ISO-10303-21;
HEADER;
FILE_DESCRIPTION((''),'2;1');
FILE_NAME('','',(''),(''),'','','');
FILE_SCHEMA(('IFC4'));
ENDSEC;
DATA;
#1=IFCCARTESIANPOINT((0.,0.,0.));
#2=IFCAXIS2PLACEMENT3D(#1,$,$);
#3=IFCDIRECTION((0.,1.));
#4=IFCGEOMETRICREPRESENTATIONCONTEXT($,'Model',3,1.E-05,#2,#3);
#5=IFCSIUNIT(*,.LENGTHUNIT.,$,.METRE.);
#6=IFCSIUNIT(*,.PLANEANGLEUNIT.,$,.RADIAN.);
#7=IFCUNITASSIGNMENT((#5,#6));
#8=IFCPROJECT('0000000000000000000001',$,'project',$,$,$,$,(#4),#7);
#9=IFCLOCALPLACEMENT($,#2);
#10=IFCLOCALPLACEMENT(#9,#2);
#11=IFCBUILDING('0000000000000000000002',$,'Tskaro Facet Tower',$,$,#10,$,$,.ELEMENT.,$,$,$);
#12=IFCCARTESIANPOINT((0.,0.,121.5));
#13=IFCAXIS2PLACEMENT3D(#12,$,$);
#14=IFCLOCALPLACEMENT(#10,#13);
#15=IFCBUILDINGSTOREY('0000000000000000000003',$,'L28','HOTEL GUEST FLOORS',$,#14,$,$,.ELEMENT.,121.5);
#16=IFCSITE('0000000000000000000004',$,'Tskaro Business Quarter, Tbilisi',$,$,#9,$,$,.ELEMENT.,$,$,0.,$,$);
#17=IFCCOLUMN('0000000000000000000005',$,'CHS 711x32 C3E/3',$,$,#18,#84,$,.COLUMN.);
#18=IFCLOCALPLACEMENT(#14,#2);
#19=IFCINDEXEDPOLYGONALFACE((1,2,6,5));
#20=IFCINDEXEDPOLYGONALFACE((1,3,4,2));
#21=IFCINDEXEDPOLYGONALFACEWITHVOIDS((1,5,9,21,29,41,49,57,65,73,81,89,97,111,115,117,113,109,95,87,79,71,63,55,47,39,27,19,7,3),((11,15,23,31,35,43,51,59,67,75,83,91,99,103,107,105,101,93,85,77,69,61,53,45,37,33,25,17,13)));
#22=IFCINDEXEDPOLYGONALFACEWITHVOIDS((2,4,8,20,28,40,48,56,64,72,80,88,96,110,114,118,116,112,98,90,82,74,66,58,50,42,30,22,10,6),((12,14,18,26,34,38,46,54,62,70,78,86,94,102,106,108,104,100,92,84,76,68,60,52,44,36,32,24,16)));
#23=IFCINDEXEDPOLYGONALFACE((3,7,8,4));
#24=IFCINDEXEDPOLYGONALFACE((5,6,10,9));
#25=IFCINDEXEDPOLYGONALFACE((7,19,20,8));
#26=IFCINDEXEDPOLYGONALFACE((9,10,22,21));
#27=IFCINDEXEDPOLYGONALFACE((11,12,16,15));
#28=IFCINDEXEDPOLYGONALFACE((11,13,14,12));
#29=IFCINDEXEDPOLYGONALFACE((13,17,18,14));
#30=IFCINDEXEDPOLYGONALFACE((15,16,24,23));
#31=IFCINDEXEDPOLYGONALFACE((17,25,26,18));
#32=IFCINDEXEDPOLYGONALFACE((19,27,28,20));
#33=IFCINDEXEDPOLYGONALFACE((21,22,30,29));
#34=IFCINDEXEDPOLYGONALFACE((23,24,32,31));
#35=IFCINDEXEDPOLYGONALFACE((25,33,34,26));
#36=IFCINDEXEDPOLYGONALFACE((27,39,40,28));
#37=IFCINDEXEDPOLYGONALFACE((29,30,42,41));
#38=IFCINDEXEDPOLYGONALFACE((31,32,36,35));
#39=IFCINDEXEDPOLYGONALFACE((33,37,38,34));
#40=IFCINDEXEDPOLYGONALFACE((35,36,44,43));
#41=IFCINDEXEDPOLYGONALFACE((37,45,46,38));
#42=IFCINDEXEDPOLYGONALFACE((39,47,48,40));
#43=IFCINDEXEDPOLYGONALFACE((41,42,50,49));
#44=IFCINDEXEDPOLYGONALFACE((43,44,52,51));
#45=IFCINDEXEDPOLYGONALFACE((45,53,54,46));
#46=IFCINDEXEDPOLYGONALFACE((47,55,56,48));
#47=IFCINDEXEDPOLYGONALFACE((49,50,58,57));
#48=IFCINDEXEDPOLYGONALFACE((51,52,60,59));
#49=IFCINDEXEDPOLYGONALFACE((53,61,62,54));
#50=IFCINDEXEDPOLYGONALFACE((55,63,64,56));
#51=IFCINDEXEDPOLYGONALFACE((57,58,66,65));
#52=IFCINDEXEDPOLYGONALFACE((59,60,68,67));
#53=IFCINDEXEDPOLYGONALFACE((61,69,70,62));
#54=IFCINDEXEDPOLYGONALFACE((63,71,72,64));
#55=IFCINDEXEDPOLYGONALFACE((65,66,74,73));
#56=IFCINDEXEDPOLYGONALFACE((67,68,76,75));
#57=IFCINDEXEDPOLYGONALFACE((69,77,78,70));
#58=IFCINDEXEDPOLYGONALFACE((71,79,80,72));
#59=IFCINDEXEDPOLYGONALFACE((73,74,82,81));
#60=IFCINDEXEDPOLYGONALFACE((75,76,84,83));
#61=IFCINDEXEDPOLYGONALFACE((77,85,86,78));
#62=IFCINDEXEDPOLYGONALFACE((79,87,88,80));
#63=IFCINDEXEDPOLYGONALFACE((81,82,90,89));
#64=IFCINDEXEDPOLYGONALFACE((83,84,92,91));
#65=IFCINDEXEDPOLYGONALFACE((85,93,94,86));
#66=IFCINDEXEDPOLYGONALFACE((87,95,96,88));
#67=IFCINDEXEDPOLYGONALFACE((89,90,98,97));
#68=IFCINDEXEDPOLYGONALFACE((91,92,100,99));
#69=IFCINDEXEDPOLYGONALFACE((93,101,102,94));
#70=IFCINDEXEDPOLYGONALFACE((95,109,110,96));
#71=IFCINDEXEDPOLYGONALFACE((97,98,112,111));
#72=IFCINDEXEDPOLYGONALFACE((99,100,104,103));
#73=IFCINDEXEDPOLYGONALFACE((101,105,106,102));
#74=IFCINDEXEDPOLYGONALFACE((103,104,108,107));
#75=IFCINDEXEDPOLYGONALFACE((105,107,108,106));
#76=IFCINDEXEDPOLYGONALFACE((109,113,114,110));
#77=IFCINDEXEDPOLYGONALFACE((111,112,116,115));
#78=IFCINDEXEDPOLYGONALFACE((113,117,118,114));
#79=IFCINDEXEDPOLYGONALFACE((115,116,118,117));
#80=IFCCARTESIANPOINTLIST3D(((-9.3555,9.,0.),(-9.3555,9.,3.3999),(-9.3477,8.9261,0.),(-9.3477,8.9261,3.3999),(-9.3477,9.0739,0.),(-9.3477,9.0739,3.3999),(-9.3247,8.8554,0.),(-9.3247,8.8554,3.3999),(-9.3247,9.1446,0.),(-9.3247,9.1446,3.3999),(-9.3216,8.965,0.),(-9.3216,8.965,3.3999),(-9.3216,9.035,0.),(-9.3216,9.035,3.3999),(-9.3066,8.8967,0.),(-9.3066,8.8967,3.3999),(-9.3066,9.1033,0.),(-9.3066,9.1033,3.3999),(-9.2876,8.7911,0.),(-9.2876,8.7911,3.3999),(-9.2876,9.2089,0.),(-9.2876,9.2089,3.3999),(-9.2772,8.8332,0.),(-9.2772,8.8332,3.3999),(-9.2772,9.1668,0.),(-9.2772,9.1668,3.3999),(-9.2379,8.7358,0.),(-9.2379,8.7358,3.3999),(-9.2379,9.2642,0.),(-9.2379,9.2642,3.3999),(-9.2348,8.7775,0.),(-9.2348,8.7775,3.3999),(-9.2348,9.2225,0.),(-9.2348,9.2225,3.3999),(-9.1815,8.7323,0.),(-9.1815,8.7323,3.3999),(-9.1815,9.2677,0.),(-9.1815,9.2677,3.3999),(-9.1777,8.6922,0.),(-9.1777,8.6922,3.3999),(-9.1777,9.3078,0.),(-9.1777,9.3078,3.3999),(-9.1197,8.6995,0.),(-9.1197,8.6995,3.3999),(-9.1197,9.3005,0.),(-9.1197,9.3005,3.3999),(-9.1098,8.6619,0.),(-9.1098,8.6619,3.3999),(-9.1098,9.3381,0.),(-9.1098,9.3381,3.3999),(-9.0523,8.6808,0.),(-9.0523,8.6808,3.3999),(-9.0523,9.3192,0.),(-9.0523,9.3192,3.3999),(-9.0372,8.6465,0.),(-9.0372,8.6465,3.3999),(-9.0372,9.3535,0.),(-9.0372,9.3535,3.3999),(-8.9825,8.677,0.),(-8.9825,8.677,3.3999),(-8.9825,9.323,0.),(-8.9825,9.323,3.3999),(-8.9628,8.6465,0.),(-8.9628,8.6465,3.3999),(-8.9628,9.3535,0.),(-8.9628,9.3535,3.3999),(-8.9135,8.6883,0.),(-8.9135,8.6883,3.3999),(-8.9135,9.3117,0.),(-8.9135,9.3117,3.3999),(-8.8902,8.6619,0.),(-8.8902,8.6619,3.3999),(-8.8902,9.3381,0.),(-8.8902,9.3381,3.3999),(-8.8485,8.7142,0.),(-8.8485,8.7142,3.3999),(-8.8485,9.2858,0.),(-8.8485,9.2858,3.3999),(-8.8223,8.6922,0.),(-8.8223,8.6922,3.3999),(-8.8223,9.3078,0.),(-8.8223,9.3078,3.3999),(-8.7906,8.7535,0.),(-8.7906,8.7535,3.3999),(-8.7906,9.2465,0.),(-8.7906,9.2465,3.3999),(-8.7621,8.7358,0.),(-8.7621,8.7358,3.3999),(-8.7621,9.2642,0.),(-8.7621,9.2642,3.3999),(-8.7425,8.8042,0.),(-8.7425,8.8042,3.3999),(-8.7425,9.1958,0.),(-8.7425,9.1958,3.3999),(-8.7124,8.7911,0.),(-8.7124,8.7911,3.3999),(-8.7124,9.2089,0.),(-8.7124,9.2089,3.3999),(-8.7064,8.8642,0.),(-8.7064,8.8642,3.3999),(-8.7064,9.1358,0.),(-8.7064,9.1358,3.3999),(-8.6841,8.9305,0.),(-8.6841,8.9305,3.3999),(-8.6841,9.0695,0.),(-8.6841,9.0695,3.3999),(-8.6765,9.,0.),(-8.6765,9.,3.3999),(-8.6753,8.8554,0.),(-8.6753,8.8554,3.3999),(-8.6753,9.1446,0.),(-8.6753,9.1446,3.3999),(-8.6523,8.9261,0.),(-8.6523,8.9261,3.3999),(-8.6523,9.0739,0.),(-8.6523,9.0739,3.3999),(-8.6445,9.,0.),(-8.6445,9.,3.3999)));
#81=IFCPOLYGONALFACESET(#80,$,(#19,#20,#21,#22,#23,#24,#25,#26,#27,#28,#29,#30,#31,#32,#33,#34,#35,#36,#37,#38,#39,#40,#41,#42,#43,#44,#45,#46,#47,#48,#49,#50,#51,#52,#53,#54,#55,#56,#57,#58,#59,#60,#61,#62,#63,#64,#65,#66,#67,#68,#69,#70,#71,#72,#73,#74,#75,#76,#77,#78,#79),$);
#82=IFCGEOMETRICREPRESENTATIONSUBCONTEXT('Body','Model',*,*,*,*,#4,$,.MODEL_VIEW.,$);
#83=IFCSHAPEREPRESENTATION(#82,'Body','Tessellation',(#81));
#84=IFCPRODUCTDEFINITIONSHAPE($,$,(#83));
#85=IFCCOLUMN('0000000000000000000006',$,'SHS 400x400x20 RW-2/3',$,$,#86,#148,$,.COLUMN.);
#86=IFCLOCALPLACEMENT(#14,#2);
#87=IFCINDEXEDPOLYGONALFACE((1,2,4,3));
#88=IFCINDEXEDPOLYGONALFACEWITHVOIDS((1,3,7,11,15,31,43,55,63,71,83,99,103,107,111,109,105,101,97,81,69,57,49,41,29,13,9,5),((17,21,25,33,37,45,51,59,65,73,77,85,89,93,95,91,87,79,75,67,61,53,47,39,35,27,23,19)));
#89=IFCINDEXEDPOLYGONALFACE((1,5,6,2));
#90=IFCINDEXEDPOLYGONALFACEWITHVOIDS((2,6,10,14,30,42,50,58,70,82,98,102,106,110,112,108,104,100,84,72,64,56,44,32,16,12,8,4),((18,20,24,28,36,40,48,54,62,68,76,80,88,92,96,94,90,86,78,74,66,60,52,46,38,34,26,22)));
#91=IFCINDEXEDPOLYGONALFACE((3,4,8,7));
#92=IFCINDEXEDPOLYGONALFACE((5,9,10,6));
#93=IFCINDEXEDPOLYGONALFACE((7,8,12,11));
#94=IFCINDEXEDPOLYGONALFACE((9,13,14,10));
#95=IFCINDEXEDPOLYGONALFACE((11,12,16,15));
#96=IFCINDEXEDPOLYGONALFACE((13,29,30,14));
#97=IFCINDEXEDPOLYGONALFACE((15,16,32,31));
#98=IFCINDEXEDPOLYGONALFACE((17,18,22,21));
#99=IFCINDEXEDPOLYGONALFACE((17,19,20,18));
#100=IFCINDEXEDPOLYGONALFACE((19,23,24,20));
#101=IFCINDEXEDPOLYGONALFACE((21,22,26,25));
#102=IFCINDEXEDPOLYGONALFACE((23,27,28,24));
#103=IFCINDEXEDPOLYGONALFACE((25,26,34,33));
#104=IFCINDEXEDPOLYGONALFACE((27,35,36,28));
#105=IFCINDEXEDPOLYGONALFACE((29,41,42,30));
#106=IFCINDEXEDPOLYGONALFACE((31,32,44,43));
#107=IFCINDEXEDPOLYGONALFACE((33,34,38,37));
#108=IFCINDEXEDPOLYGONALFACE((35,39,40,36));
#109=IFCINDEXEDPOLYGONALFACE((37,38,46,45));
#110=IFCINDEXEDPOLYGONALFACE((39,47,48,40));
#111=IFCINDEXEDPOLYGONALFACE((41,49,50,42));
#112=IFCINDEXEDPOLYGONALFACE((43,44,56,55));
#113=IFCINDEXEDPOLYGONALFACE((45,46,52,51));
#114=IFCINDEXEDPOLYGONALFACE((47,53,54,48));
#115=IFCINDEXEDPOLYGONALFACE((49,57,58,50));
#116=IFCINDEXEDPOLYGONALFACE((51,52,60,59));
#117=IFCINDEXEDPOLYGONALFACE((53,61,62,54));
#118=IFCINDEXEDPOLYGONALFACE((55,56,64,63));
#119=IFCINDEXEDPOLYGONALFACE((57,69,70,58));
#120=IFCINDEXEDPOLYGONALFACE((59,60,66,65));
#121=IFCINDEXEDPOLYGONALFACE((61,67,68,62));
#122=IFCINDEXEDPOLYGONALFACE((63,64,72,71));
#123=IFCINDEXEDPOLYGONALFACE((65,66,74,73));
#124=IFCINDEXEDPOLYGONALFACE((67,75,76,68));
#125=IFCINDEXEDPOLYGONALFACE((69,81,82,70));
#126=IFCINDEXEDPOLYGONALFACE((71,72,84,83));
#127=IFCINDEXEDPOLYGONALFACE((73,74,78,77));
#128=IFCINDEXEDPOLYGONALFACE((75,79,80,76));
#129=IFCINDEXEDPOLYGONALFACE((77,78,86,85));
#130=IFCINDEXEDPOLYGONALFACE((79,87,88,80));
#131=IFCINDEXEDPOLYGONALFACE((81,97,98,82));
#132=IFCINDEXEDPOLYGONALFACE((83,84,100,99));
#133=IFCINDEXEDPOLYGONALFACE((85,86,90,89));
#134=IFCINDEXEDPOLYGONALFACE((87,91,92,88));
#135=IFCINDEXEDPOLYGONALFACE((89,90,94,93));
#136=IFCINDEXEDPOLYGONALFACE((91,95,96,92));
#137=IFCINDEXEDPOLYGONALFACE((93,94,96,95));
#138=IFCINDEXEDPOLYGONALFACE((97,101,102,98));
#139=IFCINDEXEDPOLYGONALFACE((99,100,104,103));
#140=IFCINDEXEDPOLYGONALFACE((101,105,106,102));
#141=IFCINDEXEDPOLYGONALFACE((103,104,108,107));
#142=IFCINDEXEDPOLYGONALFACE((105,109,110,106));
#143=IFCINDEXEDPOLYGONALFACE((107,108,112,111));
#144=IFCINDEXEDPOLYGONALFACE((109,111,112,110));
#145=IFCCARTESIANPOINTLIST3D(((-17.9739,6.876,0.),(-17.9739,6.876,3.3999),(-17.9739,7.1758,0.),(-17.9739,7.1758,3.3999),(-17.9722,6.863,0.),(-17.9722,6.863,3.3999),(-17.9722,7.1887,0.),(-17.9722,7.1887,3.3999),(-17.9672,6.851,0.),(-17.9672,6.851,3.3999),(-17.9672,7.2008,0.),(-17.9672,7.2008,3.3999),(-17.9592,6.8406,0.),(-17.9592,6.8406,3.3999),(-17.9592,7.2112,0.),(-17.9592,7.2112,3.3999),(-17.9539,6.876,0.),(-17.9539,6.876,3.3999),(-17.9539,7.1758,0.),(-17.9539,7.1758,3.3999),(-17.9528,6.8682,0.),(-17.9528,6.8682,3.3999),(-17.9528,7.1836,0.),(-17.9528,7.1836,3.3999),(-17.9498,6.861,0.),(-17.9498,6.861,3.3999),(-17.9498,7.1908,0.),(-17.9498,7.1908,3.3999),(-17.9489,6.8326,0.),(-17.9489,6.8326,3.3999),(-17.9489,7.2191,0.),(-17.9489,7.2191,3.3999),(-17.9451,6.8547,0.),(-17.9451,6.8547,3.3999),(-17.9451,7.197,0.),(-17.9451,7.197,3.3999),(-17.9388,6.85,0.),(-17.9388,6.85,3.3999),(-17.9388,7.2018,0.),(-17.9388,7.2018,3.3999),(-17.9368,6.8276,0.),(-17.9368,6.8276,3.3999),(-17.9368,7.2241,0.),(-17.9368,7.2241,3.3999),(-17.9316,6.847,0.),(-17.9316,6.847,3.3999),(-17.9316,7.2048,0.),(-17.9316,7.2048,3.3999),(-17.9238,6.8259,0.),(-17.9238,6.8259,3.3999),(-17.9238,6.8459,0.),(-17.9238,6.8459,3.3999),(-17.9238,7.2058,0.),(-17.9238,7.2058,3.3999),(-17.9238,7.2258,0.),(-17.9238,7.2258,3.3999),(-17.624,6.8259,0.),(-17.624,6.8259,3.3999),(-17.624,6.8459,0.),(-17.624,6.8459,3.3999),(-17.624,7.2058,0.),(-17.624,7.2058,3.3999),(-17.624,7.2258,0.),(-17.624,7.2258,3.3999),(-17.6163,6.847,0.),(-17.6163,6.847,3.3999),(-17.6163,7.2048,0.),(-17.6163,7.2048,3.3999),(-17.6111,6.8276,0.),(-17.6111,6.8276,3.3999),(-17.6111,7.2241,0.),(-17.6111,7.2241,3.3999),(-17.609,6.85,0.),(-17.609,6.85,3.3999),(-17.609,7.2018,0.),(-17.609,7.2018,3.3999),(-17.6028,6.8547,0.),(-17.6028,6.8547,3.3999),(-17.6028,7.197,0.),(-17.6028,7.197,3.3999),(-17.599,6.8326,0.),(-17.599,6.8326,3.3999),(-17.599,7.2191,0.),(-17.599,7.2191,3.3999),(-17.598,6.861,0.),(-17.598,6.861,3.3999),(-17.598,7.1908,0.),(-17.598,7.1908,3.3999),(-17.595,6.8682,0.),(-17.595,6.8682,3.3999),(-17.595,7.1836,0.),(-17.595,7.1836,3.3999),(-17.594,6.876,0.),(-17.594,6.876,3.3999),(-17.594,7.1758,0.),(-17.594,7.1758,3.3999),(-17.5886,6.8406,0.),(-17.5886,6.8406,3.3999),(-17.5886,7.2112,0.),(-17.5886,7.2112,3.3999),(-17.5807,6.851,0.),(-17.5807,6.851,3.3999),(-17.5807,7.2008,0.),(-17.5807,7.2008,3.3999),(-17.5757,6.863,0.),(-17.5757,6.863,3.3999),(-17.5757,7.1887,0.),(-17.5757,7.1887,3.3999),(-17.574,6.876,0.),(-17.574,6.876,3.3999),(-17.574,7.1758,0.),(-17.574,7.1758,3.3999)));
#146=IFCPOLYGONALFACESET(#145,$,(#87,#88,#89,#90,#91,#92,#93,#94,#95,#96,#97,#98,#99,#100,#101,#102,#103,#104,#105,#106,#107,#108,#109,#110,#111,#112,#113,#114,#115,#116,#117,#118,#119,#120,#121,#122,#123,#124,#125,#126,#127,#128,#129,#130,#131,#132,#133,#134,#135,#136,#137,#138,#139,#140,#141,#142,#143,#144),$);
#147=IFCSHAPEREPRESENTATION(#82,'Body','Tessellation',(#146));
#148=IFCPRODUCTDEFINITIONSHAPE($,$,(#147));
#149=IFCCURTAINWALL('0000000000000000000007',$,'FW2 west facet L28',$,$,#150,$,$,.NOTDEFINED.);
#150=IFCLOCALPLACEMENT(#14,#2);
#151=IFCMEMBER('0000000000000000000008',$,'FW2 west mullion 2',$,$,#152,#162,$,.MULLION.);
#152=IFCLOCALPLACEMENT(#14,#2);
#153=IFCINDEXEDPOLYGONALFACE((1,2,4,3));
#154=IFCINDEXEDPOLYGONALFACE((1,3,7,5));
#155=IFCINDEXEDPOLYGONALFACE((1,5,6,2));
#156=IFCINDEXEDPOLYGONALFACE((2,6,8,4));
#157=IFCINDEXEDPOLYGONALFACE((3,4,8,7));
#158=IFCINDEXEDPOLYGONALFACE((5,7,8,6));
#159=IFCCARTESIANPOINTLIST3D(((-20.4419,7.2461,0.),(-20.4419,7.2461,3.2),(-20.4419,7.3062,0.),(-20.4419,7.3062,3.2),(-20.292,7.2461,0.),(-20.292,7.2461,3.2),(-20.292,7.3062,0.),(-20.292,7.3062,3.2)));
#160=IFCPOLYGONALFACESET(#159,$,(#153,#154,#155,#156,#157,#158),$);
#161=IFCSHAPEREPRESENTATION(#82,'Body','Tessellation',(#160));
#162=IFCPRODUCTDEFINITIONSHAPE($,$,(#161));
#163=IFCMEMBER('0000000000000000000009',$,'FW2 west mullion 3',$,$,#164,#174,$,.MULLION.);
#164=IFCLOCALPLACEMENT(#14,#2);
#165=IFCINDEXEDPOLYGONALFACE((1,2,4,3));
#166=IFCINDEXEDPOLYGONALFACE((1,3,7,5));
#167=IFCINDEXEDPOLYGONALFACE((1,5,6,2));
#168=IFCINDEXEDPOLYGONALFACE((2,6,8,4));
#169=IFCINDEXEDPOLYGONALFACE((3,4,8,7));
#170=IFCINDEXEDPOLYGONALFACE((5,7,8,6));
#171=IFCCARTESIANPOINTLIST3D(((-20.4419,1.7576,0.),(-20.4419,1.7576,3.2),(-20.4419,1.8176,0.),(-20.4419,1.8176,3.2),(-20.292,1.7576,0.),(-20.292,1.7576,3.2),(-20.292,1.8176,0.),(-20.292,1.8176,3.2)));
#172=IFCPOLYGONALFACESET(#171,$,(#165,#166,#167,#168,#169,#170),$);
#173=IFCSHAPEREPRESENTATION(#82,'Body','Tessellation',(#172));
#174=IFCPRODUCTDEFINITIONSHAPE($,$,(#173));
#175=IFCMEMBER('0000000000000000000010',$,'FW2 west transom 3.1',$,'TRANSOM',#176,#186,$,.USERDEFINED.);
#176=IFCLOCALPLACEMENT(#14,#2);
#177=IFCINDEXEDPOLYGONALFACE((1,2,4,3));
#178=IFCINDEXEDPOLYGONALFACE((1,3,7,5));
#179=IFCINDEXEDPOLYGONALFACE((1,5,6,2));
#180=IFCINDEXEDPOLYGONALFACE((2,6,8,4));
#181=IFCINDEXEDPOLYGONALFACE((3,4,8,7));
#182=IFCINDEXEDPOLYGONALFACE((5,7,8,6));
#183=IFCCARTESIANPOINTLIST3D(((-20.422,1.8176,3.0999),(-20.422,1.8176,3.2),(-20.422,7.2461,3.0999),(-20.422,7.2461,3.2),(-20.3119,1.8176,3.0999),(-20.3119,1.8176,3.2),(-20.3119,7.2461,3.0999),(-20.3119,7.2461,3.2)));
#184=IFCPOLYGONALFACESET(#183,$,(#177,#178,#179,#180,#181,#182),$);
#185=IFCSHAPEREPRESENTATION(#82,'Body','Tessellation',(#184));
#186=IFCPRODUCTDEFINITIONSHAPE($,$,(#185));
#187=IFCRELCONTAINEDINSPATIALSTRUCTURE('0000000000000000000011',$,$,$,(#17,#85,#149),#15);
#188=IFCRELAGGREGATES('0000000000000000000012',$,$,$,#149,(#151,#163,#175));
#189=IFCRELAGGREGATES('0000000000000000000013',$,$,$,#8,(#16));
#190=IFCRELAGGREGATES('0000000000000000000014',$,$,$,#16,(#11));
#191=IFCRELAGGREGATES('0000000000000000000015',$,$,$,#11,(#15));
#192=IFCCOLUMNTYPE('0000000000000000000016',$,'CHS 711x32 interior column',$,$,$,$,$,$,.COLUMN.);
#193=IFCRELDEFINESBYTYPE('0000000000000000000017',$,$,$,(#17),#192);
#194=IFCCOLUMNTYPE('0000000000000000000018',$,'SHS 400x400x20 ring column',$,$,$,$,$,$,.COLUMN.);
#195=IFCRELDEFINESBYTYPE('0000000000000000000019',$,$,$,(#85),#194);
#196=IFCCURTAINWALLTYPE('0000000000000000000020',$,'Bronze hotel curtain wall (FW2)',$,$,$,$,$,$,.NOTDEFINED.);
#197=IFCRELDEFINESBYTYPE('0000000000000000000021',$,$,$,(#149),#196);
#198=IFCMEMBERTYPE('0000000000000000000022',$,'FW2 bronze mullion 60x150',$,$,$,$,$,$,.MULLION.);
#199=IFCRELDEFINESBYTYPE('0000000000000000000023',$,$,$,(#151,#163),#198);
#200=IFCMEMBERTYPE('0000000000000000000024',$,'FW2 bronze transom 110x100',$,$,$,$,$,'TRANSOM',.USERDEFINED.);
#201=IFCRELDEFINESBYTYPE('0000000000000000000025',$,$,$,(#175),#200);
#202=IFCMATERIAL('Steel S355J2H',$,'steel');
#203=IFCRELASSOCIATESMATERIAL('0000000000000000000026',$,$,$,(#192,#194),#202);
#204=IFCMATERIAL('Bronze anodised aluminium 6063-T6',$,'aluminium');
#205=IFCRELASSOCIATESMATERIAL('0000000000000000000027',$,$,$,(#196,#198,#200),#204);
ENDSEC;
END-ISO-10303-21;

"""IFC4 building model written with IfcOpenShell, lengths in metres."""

from ifc_helpers import new_model, si_unit, direction, frame, origin, origin_2d, place, context, subcontext, project, spatial, rectangle, hollow_rectangle, hollow_circle, extrude, material, material_profile, profile_set, type_object, element, aggregate, save


model = new_model("IFC4")

# Units and contexts
model_context = context("Model", 3, precision=1e-05, world=origin(), true_north=direction((0.0, 1.0)))
body_context = subcontext(model_context, "Body", "Model", "MODEL_VIEW")
ifc_project = project(units=[si_unit("LENGTHUNIT", "METRE"), si_unit("PLANEANGLEUNIT", "RADIAN")], contexts=[model_context])

# Site, building, storey
site_placement = place(None, origin())
site = spatial("IfcSite", under=ifc_project, at=site_placement, Name="Tskaro Business Quarter, Tbilisi", CompositionType="ELEMENT", RefElevation=0.0)
building_placement = place(site_placement, origin())
building = spatial("IfcBuilding", under=site, at=building_placement, Name="Tskaro Facet Tower", CompositionType="ELEMENT")
storey_placement = place(building_placement, frame((0.0, 0.0, 121.5)))
storey = spatial("IfcBuildingStorey", under=building, at=storey_placement, Name="L28", Description="HOTEL GUEST FLOORS", CompositionType="ELEMENT", Elevation=121.5)

# Columns
ifc_material_1 = material(Name="Steel S355J2H", Category="steel")
ifc_material_profile_1 = material_profile(ifc_material_1, hollow_circle(Radius=0.3555, WallThickness=0.032, at=origin_2d()), Name="CHS 711x32")
ifc_profile_set_1 = profile_set([ifc_material_profile_1], Name="Steel S355J2H")
column_type_1 = type_object("IfcColumnType", Name="CHS 711x32 interior column", PredefinedType="COLUMN", material=ifc_profile_set_1)
column_1_placement = place(storey_placement, frame((-9.0, 9.0, 0.0), z_axis=(0.0, 0.0, 1.0), x_axis=(1.0, 0.0, 0.0)))
element("IfcColumn", 1, at=column_1_placement, inside=storey, type_object=column_type_1, Name="CHS 711x32 C3E/3", PredefinedType="COLUMN", context=body_context, shape_type="SweptSolid", body=[
    extrude(hollow_circle(Radius=0.3555, WallThickness=0.032, at=origin_2d()), origin(), (0.0, 0.0, 1.0), 3.3999),
])
ifc_material_profile_2 = material_profile(ifc_material_1, hollow_rectangle(XDim=0.3999, YDim=0.3999, WallThickness=0.02, InnerFilletRadius=0.03, OuterFilletRadius=0.05, at=origin_2d()), Name="SHS 400x400x20")
ifc_profile_set_2 = profile_set([ifc_material_profile_2], Name="Steel S355J2H")
column_type_2 = type_object("IfcColumnType", Name="SHS 400x400x20 ring column", PredefinedType="COLUMN", material=ifc_profile_set_2)
column_2_placement = place(storey_placement, frame((-17.7739, 7.0259, 0.0), z_axis=(0.0, 0.0, 1.0), x_axis=(1.0, 0.0, 0.0)))
element("IfcColumn", 2, at=column_2_placement, inside=storey, type_object=column_type_2, Name="SHS 400x400x20 RW-2/3", PredefinedType="COLUMN", context=body_context, shape_type="SweptSolid", body=[
    extrude(hollow_rectangle(XDim=0.3999, YDim=0.3999, WallThickness=0.02, InnerFilletRadius=0.03, OuterFilletRadius=0.05, at=origin_2d()), origin(), (0.0, 0.0, 1.0), 3.3999),
])

# Curtain wall, members
ifc_material_2 = material(Name="Bronze anodised aluminium 6063-T6", Category="aluminium")
curtain_wall_type = type_object("IfcCurtainWallType", Name="Bronze hotel curtain wall (FW2)", PredefinedType="NOTDEFINED", material=ifc_material_2)
curtain_wall_placement = place(storey_placement, origin())
curtain_wall = element("IfcCurtainWall", 3, at=curtain_wall_placement, inside=storey, type_object=curtain_wall_type, Name="FW2 west facet L28", PredefinedType="NOTDEFINED")
ifc_material_profile_3 = material_profile(ifc_material_2, rectangle(XDim=0.0601, YDim=0.1499, at=origin_2d()), Name="Mullion 60x150")
ifc_profile_set_3 = profile_set([ifc_material_profile_3], Name="Bronze anodised aluminium 6063-T6")
member_type_1 = type_object("IfcMemberType", Name="FW2 bronze mullion 60x150", PredefinedType="MULLION", material=ifc_profile_set_3)
member_1_placement = place(storey_placement, frame((-20.3669, 7.2761, 0.0), z_axis=(0.0, 0.0, 1.0), x_axis=(0.0, -1.0, 0.0)))
member_1 = element("IfcMember", 4, at=member_1_placement, type_object=member_type_1, Name="FW2 west mullion 2", PredefinedType="MULLION", context=body_context, shape_type="SweptSolid", body=[
    extrude(rectangle(XDim=0.0601, YDim=0.1499, at=origin_2d()), origin(), (0.0, 0.0, 1.0), 3.2),
])
member_2_placement = place(storey_placement, frame((-20.3669, 1.7876, 0.0), z_axis=(0.0, 0.0, 1.0), x_axis=(0.0, -1.0, 0.0)))
member_2 = element("IfcMember", 5, at=member_2_placement, type_object=member_type_1, Name="FW2 west mullion 3", PredefinedType="MULLION", context=body_context, shape_type="SweptSolid", body=[
    extrude(rectangle(XDim=0.0601, YDim=0.1499, at=origin_2d()), origin(), (0.0, 0.0, 1.0), 3.2),
])
ifc_material_profile_4 = material_profile(ifc_material_2, rectangle(XDim=0.1101, YDim=0.1001, at=origin_2d()), Name="Transom 110x100")
ifc_profile_set_4 = profile_set([ifc_material_profile_4], Name="Bronze anodised aluminium 6063-T6")
member_type_2 = type_object("IfcMemberType", Name="FW2 bronze transom 110x100", ElementType="TRANSOM", PredefinedType="USERDEFINED", material=ifc_profile_set_4)
member_3_placement = place(storey_placement, frame((-20.3669, 7.2461, 3.1499), z_axis=(0.0, -1.0, 0.0), x_axis=(1.0, 0.0, 0.0)))
member_3 = element("IfcMember", 6, at=member_3_placement, type_object=member_type_2, Name="FW2 west transom 3.1", ObjectType="TRANSOM", PredefinedType="USERDEFINED", context=body_context, shape_type="SweptSolid", body=[
    extrude(rectangle(XDim=0.1101, YDim=0.1001, at=origin_2d()), origin(), (0.0, 0.0, 1.0), 5.4285),
])
aggregate(curtain_wall, [member_1, member_2, member_3])

save(model, "model.ifc")
